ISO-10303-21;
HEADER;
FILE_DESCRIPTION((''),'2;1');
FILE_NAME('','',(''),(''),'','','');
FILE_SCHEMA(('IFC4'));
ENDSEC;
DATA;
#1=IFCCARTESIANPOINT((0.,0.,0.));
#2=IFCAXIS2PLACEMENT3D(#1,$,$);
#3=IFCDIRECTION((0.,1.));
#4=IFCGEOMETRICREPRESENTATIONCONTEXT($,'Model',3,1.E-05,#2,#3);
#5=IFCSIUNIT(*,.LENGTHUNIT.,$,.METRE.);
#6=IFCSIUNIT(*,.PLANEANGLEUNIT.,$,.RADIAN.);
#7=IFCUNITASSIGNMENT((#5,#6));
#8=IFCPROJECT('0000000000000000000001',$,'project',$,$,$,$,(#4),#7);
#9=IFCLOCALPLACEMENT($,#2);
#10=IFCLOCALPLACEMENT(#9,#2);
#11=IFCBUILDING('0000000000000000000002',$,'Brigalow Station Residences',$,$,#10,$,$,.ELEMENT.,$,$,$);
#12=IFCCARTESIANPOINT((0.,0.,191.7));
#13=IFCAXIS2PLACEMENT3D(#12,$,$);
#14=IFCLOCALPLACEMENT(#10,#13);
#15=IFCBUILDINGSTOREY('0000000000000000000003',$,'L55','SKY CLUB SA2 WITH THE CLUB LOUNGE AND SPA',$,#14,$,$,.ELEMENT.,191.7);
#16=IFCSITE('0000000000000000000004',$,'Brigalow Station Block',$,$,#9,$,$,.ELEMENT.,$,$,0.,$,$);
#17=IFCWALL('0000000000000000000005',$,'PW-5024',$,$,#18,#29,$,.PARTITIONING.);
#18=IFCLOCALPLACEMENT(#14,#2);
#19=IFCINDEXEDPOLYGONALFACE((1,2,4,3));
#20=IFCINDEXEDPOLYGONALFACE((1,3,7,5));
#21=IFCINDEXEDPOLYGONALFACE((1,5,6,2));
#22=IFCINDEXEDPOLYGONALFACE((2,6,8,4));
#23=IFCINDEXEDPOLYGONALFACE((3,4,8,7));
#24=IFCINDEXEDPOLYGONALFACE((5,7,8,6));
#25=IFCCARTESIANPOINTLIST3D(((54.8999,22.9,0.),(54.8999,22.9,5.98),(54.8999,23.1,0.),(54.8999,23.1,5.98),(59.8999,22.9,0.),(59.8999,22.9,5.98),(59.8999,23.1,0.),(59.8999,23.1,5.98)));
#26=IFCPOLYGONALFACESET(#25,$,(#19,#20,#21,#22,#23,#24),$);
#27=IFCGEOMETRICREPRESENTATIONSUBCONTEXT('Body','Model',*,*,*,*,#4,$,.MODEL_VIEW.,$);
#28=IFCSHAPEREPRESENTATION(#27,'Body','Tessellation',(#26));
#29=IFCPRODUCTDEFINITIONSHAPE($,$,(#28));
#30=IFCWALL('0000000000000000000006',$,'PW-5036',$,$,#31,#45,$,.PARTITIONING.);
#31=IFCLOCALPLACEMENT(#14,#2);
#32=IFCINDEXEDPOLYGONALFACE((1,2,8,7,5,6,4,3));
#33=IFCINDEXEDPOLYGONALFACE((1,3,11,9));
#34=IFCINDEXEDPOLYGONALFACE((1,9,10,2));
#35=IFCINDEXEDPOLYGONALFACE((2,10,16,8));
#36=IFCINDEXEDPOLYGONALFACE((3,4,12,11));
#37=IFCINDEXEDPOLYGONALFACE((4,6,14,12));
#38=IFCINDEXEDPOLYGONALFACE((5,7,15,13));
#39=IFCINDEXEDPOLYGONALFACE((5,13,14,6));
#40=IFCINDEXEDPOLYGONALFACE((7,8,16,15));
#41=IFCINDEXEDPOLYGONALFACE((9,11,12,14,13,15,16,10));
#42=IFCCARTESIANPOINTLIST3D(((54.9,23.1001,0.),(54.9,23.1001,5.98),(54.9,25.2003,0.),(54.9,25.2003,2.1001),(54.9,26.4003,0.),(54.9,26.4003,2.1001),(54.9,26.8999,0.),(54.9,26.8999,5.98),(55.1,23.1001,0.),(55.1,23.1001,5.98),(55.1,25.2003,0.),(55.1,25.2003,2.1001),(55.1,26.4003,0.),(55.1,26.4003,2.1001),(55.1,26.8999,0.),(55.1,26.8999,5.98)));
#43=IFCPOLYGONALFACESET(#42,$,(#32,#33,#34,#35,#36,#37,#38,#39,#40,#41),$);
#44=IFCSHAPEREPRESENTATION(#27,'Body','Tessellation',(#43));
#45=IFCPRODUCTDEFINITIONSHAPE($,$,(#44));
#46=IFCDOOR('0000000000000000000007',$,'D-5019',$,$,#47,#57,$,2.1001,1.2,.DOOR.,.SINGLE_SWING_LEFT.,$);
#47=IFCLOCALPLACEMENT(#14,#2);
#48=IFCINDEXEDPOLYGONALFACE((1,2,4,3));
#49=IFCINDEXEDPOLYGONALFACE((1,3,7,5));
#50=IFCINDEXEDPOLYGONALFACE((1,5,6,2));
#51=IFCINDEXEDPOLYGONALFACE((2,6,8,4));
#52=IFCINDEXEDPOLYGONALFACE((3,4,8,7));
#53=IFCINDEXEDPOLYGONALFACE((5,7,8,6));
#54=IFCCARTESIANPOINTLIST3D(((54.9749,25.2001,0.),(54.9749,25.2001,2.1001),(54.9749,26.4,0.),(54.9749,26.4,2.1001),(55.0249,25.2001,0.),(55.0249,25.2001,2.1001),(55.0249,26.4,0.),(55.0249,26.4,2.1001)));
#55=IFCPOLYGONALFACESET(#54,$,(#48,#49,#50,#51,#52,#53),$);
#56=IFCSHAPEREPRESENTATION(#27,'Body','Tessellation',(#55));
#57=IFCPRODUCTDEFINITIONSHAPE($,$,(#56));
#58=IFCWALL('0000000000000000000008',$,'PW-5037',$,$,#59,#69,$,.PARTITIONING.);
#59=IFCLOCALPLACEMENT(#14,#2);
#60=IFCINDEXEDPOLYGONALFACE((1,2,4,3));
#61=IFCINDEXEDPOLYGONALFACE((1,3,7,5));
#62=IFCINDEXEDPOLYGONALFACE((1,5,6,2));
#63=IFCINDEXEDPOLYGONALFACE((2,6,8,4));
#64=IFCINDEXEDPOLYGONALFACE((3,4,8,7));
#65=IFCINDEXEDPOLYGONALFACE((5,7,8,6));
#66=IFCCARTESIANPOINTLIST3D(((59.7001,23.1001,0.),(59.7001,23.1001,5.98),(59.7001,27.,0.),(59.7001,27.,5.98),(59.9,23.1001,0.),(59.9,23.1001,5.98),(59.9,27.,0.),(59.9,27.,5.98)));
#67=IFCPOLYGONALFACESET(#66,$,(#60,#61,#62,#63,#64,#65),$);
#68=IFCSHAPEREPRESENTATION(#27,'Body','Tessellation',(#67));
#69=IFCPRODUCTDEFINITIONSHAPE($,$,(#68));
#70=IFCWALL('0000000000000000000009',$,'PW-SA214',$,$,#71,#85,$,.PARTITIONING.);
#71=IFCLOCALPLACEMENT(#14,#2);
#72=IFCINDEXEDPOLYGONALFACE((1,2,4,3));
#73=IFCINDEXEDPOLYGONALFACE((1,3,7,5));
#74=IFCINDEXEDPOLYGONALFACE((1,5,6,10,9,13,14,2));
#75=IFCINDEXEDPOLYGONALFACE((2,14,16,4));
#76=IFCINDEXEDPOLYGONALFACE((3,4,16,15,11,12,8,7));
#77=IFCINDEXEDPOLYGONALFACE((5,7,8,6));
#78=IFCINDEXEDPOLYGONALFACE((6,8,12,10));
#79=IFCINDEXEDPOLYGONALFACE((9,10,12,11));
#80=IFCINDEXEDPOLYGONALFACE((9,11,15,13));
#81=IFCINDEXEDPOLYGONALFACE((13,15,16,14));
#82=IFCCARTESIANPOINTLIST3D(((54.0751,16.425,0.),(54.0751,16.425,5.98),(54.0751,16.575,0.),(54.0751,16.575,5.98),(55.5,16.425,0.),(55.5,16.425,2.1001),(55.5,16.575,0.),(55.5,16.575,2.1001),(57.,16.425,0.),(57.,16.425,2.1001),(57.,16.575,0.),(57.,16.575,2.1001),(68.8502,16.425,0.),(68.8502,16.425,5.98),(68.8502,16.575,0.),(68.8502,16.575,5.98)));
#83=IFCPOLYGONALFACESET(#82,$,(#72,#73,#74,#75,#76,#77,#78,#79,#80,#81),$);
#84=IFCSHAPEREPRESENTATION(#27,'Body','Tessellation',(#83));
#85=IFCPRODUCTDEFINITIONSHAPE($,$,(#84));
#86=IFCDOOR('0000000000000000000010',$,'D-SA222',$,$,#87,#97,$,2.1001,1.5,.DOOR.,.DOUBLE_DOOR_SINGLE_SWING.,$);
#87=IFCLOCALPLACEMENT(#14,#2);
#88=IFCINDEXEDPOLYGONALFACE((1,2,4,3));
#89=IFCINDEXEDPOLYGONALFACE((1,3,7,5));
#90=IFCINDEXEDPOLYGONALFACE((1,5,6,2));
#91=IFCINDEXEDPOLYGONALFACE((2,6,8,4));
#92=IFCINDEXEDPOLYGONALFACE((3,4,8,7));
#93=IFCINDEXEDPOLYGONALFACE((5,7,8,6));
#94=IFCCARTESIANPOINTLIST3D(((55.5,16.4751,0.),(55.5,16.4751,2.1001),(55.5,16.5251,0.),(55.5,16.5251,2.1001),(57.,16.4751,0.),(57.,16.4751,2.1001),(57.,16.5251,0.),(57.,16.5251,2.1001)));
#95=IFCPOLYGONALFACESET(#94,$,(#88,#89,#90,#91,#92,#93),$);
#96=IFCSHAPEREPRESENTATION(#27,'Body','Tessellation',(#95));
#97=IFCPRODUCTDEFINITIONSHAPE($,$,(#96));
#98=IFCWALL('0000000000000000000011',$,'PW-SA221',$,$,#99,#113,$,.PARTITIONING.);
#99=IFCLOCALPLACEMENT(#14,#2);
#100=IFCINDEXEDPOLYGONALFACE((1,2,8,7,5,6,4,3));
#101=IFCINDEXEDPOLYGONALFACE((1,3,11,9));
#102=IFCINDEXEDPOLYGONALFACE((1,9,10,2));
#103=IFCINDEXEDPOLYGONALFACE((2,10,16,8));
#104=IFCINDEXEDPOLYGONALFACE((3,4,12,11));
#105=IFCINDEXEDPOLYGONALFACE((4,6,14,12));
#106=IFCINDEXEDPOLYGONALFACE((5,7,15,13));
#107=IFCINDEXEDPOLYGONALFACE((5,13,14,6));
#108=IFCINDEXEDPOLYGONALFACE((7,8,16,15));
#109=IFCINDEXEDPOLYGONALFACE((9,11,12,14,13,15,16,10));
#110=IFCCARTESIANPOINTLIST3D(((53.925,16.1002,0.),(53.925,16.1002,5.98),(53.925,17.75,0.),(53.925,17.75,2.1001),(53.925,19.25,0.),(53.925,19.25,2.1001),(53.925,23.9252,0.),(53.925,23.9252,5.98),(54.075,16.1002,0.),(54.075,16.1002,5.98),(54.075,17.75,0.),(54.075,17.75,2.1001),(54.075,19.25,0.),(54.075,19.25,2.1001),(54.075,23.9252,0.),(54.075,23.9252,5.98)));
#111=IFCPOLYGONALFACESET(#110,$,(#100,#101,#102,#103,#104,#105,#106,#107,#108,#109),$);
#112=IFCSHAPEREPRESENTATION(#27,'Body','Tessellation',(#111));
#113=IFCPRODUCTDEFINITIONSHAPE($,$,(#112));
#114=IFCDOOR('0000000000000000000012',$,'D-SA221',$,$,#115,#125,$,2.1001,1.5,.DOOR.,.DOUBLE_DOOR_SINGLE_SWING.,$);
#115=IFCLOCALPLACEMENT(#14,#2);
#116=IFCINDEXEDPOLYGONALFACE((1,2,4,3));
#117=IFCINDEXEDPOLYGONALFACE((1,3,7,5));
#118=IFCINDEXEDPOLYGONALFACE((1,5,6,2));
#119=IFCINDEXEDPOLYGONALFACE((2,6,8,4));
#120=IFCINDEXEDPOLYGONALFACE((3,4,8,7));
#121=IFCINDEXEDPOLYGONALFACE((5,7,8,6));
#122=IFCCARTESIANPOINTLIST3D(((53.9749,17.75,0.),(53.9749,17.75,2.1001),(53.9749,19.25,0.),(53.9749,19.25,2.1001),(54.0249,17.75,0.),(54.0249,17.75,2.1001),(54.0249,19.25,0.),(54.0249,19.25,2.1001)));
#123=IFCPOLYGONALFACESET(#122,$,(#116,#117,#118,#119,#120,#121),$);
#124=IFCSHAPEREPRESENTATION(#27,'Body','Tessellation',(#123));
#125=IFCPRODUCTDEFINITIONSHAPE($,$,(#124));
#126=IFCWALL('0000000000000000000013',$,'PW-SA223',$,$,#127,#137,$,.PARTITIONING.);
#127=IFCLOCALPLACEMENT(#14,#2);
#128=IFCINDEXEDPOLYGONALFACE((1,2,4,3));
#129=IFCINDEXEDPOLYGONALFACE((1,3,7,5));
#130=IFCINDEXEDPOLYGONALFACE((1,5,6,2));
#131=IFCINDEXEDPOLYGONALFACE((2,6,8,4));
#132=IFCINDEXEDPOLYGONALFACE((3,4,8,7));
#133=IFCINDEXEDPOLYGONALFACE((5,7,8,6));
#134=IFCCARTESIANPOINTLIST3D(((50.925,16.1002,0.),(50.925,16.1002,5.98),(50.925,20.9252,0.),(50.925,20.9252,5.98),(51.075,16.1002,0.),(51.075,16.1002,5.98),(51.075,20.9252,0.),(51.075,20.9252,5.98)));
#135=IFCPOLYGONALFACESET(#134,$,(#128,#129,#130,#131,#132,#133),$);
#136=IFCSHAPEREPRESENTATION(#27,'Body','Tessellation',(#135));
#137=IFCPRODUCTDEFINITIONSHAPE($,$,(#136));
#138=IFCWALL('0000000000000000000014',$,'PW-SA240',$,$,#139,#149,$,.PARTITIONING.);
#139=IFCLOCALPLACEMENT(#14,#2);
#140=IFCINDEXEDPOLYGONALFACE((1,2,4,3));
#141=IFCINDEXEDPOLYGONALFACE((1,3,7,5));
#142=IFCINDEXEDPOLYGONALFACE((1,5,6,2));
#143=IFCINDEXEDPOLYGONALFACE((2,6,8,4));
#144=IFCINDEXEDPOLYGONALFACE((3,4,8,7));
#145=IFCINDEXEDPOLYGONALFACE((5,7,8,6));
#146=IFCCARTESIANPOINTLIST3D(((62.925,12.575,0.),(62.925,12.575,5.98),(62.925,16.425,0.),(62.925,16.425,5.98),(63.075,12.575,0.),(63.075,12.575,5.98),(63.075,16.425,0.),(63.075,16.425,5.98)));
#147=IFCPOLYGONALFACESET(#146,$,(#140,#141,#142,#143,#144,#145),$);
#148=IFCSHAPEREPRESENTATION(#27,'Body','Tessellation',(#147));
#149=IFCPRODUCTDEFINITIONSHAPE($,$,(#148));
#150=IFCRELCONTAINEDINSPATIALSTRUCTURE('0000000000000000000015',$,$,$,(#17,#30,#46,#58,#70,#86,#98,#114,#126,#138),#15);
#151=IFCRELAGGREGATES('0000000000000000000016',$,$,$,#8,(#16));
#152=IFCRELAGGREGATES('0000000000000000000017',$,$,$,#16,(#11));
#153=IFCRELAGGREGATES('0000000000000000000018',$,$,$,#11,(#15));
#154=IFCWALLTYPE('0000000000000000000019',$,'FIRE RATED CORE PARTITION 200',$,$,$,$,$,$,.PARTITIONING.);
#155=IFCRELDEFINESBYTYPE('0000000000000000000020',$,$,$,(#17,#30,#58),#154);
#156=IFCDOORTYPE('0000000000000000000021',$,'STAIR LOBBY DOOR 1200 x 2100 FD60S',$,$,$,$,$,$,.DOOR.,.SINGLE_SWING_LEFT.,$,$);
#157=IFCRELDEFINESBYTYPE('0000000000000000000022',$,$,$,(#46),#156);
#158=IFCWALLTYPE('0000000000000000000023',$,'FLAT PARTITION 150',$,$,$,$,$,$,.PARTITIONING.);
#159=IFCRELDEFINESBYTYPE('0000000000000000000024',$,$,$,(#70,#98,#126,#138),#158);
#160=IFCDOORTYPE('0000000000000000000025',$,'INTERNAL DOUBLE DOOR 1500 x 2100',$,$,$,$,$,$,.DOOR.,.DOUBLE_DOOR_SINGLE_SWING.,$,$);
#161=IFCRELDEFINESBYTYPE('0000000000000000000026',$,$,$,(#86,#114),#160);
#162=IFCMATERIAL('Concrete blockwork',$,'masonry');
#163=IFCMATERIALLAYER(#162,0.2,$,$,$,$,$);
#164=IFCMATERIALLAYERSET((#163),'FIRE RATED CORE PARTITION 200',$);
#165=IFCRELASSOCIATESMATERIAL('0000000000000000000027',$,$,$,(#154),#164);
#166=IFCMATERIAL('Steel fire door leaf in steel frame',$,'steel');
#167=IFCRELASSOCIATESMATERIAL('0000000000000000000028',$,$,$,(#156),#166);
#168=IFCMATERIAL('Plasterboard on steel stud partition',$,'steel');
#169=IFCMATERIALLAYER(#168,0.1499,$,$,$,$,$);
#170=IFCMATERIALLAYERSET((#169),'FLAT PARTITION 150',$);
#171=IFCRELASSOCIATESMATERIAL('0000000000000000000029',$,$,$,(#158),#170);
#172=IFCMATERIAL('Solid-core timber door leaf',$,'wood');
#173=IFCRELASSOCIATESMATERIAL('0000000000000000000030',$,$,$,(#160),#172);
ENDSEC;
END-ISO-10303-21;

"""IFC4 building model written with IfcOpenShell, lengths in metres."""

from ifc_helpers import new_model, si_unit, direction, frame, frame_2d, origin, place, context, subcontext, project, spatial, rectangle, extrude, material, layer, layer_set, type_object, element, fill, save


model = new_model("IFC4")

# Units and contexts
model_context = context("Model", 3, precision=1e-05, world=origin(), true_north=direction((0.0, 1.0)))
body_context = subcontext(model_context, "Body", "Model", "MODEL_VIEW")
ifc_project = project(units=[si_unit("LENGTHUNIT", "METRE"), si_unit("PLANEANGLEUNIT", "RADIAN")], contexts=[model_context])

# Site, building, storey
site_placement = place(None, origin())
site = spatial("IfcSite", under=ifc_project, at=site_placement, Name="Brigalow Station Block", CompositionType="ELEMENT", RefElevation=0.0)
building_placement = place(site_placement, origin())
building = spatial("IfcBuilding", under=site, at=building_placement, Name="Brigalow Station Residences", CompositionType="ELEMENT")
storey_placement = place(building_placement, frame((0.0, 0.0, 191.7)))
storey = spatial("IfcBuildingStorey", under=building, at=storey_placement, Name="L55", Description="SKY CLUB SA2 WITH THE CLUB LOUNGE AND SPA", CompositionType="ELEMENT", Elevation=191.7)

# Wall
ifc_material_1 = material(Name="Concrete blockwork", Category="masonry")
ifc_layer_1 = layer(ifc_material_1, 0.2)
ifc_layer_set_1 = layer_set([ifc_layer_1], Name="FIRE RATED CORE PARTITION 200")
wall_type_1 = type_object("IfcWallType", Name="FIRE RATED CORE PARTITION 200", PredefinedType="PARTITIONING", material=ifc_layer_set_1)
wall_1_placement = place(storey_placement, frame((54.8999, 23.0, 0.0), z_axis=(0.0, 0.0, 1.0), x_axis=(1.0, 0.0, 0.0)))
element("IfcWall", 1, at=wall_1_placement, inside=storey, type_object=wall_type_1, Name="PW-5024", PredefinedType="PARTITIONING", context=body_context, shape_type="SweptSolid", body=[
    extrude(rectangle(XDim=5.0, YDim=0.2, at=frame_2d((2.5, 0.0))), origin(), (0.0, 0.0, 1.0), 5.98),
])

# Wall, opening, door
wall_2_placement = place(storey_placement, frame((55.0, 23.1001, 0.0), z_axis=(0.0, 0.0, 1.0), x_axis=(0.0, 1.0, 0.0)))
wall_2 = element("IfcWall", 2, at=wall_2_placement, inside=storey, type_object=wall_type_1, Name="PW-5036", PredefinedType="PARTITIONING", context=body_context, shape_type="SweptSolid", body=[
    extrude(rectangle(XDim=3.7998, YDim=0.2, at=frame_2d((1.8999, 0.0))), origin(), (0.0, 0.0, 1.0), 5.98),
])
opening_1_placement = place(wall_2_placement, frame((2.1001, 0.0, 0.0)))
opening_1 = element("IfcOpeningElement", 3, at=opening_1_placement, cuts=wall_2, PredefinedType="OPENING", context=body_context, shape_type="SweptSolid", body=[
    extrude(rectangle(XDim=1.2, YDim=2.1001, at=frame_2d((0.6001, 1.05))), frame((0.0, 0.1099, 0.0), z_axis=(0.0, -1.0, 0.0), x_axis=(1.0, 0.0, 0.0)), (0.0, 0.0, 1.0), 0.22),
])
ifc_material_2 = material(Name="Steel fire door leaf in steel frame", Category="steel")
door_type_1 = type_object("IfcDoorType", Name="STAIR LOBBY DOOR 1200 x 2100 FD60S", OperationType="SINGLE_SWING_LEFT", PredefinedType="DOOR", material=ifc_material_2)
door_1_placement = place(opening_1_placement, frame((1.2, 0.0, 0.0), z_axis=(0.0, 0.0, 1.0), x_axis=(-1.0, 0.0, 0.0)))
door_1 = element("IfcDoor", 4, at=door_1_placement, inside=storey, type_object=door_type_1, Name="D-5019", OperationType="SINGLE_SWING_LEFT", OverallHeight=2.1001, OverallWidth=1.2, PredefinedType="DOOR", context=body_context, shape_type="SweptSolid", body=[
    extrude(rectangle(XDim=1.2, YDim=2.1001, at=frame_2d((0.6001, 1.05))), frame((0.0, 0.0249, 0.0), z_axis=(0.0, -1.0, 0.0), x_axis=(1.0, 0.0, 0.0)), (0.0, 0.0, 1.0), 0.05),
])
fill(opening_1, door_1)

# Wall
wall_3_placement = place(storey_placement, frame((59.8, 23.1001, 0.0), z_axis=(0.0, 0.0, 1.0), x_axis=(0.0, 1.0, 0.0)))
element("IfcWall", 5, at=wall_3_placement, inside=storey, type_object=wall_type_1, Name="PW-5037", PredefinedType="PARTITIONING", context=body_context, shape_type="SweptSolid", body=[
    extrude(rectangle(XDim=3.8999, YDim=0.2, at=frame_2d((1.95, 0.0))), origin(), (0.0, 0.0, 1.0), 5.98),
])

# Walls, openings, doors
ifc_material_3 = material(Name="Plasterboard on steel stud partition", Category="steel")
ifc_layer_2 = layer(ifc_material_3, 0.1499)
ifc_layer_set_2 = layer_set([ifc_layer_2], Name="FLAT PARTITION 150")
wall_type_2 = type_object("IfcWallType", Name="FLAT PARTITION 150", PredefinedType="PARTITIONING", material=ifc_layer_set_2)
wall_4_placement = place(storey_placement, frame((54.075, 16.5, 0.0), z_axis=(0.0, 0.0, 1.0), x_axis=(1.0, 0.0, 0.0)))
wall_4 = element("IfcWall", 6, at=wall_4_placement, inside=storey, type_object=wall_type_2, Name="PW-SA214", PredefinedType="PARTITIONING", context=body_context, shape_type="SweptSolid", body=[
    extrude(rectangle(XDim=14.7751, YDim=0.1499, at=frame_2d((7.3877, 0.0))), origin(), (0.0, 0.0, 1.0), 5.98),
])
opening_2_placement = place(wall_4_placement, frame((1.425, 0.0, 0.0)))
opening_2 = element("IfcOpeningElement", 7, at=opening_2_placement, cuts=wall_4, PredefinedType="OPENING", context=body_context, shape_type="SweptSolid", body=[
    extrude(rectangle(XDim=1.5, YDim=2.1001, at=frame_2d((0.75, 1.05))), frame((0.0, 0.085, 0.0), z_axis=(0.0, -1.0, 0.0), x_axis=(1.0, 0.0, 0.0)), (0.0, 0.0, 1.0), 0.1699),
])
ifc_material_4 = material(Name="Solid-core timber door leaf", Category="wood")
door_type_2 = type_object("IfcDoorType", Name="INTERNAL DOUBLE DOOR 1500 x 2100", OperationType="DOUBLE_DOOR_SINGLE_SWING", PredefinedType="DOOR", material=ifc_material_4)
door_2_placement = place(opening_2_placement, frame((1.5, 0.0, 0.0), z_axis=(0.0, 0.0, 1.0), x_axis=(-1.0, 0.0, 0.0)))
door_2 = element("IfcDoor", 8, at=door_2_placement, inside=storey, type_object=door_type_2, Name="D-SA222", OperationType="DOUBLE_DOOR_SINGLE_SWING", OverallHeight=2.1001, OverallWidth=1.5, PredefinedType="DOOR", context=body_context, shape_type="SweptSolid", body=[
    extrude(rectangle(XDim=1.5, YDim=2.1001, at=frame_2d((0.75, 1.05))), frame((0.0, 0.0249, 0.0), z_axis=(0.0, -1.0, 0.0), x_axis=(1.0, 0.0, 0.0)), (0.0, 0.0, 1.0), 0.05),
])
fill(opening_2, door_2)
wall_5_placement = place(storey_placement, frame((54.0, 16.1001, 0.0), z_axis=(0.0, 0.0, 1.0), x_axis=(0.0, 1.0, 0.0)))
wall_5 = element("IfcWall", 9, at=wall_5_placement, inside=storey, type_object=wall_type_2, Name="PW-SA221", PredefinedType="PARTITIONING", context=body_context, shape_type="SweptSolid", body=[
    extrude(rectangle(XDim=7.825, YDim=0.1499, at=frame_2d((3.9126, 0.0))), origin(), (0.0, 0.0, 1.0), 5.98),
])
opening_3_placement = place(wall_5_placement, frame((1.6499, 0.0, 0.0)))
opening_3 = element("IfcOpeningElement", 10, at=opening_3_placement, cuts=wall_5, PredefinedType="OPENING", context=body_context, shape_type="SweptSolid", body=[
    extrude(rectangle(XDim=1.5, YDim=2.1001, at=frame_2d((0.75, 1.05))), frame((0.0, 0.085, 0.0), z_axis=(0.0, -1.0, 0.0), x_axis=(1.0, 0.0, 0.0)), (0.0, 0.0, 1.0), 0.1699),
])
door_3_placement = place(opening_3_placement, frame((1.5, 0.0, 0.0), z_axis=(0.0, 0.0, 1.0), x_axis=(-1.0, 0.0, 0.0)))
door_3 = element("IfcDoor", 11, at=door_3_placement, inside=storey, type_object=door_type_2, Name="D-SA221", OperationType="DOUBLE_DOOR_SINGLE_SWING", OverallHeight=2.1001, OverallWidth=1.5, PredefinedType="DOOR", context=body_context, shape_type="SweptSolid", body=[
    extrude(rectangle(XDim=1.5, YDim=2.1001, at=frame_2d((0.75, 1.05))), frame((0.0, 0.0249, 0.0), z_axis=(0.0, -1.0, 0.0), x_axis=(1.0, 0.0, 0.0)), (0.0, 0.0, 1.0), 0.05),
])
fill(opening_3, door_3)

# Walls
wall_6_placement = place(storey_placement, frame((51.0, 16.1001, 0.0), z_axis=(0.0, 0.0, 1.0), x_axis=(0.0, 1.0, 0.0)))
element("IfcWall", 12, at=wall_6_placement, inside=storey, type_object=wall_type_2, Name="PW-SA223", PredefinedType="PARTITIONING", context=body_context, shape_type="SweptSolid", body=[
    extrude(rectangle(XDim=4.825, YDim=0.1499, at=frame_2d((2.4126, 0.0))), origin(), (0.0, 0.0, 1.0), 5.98),
])
wall_7_placement = place(storey_placement, frame((63.0, 12.575, 0.0), z_axis=(0.0, 0.0, 1.0), x_axis=(0.0, 1.0, 0.0)))
element("IfcWall", 13, at=wall_7_placement, inside=storey, type_object=wall_type_2, Name="PW-SA240", PredefinedType="PARTITIONING", context=body_context, shape_type="SweptSolid", body=[
    extrude(rectangle(XDim=3.8501, YDim=0.1499, at=frame_2d((1.925, 0.0))), origin(), (0.0, 0.0, 1.0), 5.98),
])

save(model, "model.ifc")
